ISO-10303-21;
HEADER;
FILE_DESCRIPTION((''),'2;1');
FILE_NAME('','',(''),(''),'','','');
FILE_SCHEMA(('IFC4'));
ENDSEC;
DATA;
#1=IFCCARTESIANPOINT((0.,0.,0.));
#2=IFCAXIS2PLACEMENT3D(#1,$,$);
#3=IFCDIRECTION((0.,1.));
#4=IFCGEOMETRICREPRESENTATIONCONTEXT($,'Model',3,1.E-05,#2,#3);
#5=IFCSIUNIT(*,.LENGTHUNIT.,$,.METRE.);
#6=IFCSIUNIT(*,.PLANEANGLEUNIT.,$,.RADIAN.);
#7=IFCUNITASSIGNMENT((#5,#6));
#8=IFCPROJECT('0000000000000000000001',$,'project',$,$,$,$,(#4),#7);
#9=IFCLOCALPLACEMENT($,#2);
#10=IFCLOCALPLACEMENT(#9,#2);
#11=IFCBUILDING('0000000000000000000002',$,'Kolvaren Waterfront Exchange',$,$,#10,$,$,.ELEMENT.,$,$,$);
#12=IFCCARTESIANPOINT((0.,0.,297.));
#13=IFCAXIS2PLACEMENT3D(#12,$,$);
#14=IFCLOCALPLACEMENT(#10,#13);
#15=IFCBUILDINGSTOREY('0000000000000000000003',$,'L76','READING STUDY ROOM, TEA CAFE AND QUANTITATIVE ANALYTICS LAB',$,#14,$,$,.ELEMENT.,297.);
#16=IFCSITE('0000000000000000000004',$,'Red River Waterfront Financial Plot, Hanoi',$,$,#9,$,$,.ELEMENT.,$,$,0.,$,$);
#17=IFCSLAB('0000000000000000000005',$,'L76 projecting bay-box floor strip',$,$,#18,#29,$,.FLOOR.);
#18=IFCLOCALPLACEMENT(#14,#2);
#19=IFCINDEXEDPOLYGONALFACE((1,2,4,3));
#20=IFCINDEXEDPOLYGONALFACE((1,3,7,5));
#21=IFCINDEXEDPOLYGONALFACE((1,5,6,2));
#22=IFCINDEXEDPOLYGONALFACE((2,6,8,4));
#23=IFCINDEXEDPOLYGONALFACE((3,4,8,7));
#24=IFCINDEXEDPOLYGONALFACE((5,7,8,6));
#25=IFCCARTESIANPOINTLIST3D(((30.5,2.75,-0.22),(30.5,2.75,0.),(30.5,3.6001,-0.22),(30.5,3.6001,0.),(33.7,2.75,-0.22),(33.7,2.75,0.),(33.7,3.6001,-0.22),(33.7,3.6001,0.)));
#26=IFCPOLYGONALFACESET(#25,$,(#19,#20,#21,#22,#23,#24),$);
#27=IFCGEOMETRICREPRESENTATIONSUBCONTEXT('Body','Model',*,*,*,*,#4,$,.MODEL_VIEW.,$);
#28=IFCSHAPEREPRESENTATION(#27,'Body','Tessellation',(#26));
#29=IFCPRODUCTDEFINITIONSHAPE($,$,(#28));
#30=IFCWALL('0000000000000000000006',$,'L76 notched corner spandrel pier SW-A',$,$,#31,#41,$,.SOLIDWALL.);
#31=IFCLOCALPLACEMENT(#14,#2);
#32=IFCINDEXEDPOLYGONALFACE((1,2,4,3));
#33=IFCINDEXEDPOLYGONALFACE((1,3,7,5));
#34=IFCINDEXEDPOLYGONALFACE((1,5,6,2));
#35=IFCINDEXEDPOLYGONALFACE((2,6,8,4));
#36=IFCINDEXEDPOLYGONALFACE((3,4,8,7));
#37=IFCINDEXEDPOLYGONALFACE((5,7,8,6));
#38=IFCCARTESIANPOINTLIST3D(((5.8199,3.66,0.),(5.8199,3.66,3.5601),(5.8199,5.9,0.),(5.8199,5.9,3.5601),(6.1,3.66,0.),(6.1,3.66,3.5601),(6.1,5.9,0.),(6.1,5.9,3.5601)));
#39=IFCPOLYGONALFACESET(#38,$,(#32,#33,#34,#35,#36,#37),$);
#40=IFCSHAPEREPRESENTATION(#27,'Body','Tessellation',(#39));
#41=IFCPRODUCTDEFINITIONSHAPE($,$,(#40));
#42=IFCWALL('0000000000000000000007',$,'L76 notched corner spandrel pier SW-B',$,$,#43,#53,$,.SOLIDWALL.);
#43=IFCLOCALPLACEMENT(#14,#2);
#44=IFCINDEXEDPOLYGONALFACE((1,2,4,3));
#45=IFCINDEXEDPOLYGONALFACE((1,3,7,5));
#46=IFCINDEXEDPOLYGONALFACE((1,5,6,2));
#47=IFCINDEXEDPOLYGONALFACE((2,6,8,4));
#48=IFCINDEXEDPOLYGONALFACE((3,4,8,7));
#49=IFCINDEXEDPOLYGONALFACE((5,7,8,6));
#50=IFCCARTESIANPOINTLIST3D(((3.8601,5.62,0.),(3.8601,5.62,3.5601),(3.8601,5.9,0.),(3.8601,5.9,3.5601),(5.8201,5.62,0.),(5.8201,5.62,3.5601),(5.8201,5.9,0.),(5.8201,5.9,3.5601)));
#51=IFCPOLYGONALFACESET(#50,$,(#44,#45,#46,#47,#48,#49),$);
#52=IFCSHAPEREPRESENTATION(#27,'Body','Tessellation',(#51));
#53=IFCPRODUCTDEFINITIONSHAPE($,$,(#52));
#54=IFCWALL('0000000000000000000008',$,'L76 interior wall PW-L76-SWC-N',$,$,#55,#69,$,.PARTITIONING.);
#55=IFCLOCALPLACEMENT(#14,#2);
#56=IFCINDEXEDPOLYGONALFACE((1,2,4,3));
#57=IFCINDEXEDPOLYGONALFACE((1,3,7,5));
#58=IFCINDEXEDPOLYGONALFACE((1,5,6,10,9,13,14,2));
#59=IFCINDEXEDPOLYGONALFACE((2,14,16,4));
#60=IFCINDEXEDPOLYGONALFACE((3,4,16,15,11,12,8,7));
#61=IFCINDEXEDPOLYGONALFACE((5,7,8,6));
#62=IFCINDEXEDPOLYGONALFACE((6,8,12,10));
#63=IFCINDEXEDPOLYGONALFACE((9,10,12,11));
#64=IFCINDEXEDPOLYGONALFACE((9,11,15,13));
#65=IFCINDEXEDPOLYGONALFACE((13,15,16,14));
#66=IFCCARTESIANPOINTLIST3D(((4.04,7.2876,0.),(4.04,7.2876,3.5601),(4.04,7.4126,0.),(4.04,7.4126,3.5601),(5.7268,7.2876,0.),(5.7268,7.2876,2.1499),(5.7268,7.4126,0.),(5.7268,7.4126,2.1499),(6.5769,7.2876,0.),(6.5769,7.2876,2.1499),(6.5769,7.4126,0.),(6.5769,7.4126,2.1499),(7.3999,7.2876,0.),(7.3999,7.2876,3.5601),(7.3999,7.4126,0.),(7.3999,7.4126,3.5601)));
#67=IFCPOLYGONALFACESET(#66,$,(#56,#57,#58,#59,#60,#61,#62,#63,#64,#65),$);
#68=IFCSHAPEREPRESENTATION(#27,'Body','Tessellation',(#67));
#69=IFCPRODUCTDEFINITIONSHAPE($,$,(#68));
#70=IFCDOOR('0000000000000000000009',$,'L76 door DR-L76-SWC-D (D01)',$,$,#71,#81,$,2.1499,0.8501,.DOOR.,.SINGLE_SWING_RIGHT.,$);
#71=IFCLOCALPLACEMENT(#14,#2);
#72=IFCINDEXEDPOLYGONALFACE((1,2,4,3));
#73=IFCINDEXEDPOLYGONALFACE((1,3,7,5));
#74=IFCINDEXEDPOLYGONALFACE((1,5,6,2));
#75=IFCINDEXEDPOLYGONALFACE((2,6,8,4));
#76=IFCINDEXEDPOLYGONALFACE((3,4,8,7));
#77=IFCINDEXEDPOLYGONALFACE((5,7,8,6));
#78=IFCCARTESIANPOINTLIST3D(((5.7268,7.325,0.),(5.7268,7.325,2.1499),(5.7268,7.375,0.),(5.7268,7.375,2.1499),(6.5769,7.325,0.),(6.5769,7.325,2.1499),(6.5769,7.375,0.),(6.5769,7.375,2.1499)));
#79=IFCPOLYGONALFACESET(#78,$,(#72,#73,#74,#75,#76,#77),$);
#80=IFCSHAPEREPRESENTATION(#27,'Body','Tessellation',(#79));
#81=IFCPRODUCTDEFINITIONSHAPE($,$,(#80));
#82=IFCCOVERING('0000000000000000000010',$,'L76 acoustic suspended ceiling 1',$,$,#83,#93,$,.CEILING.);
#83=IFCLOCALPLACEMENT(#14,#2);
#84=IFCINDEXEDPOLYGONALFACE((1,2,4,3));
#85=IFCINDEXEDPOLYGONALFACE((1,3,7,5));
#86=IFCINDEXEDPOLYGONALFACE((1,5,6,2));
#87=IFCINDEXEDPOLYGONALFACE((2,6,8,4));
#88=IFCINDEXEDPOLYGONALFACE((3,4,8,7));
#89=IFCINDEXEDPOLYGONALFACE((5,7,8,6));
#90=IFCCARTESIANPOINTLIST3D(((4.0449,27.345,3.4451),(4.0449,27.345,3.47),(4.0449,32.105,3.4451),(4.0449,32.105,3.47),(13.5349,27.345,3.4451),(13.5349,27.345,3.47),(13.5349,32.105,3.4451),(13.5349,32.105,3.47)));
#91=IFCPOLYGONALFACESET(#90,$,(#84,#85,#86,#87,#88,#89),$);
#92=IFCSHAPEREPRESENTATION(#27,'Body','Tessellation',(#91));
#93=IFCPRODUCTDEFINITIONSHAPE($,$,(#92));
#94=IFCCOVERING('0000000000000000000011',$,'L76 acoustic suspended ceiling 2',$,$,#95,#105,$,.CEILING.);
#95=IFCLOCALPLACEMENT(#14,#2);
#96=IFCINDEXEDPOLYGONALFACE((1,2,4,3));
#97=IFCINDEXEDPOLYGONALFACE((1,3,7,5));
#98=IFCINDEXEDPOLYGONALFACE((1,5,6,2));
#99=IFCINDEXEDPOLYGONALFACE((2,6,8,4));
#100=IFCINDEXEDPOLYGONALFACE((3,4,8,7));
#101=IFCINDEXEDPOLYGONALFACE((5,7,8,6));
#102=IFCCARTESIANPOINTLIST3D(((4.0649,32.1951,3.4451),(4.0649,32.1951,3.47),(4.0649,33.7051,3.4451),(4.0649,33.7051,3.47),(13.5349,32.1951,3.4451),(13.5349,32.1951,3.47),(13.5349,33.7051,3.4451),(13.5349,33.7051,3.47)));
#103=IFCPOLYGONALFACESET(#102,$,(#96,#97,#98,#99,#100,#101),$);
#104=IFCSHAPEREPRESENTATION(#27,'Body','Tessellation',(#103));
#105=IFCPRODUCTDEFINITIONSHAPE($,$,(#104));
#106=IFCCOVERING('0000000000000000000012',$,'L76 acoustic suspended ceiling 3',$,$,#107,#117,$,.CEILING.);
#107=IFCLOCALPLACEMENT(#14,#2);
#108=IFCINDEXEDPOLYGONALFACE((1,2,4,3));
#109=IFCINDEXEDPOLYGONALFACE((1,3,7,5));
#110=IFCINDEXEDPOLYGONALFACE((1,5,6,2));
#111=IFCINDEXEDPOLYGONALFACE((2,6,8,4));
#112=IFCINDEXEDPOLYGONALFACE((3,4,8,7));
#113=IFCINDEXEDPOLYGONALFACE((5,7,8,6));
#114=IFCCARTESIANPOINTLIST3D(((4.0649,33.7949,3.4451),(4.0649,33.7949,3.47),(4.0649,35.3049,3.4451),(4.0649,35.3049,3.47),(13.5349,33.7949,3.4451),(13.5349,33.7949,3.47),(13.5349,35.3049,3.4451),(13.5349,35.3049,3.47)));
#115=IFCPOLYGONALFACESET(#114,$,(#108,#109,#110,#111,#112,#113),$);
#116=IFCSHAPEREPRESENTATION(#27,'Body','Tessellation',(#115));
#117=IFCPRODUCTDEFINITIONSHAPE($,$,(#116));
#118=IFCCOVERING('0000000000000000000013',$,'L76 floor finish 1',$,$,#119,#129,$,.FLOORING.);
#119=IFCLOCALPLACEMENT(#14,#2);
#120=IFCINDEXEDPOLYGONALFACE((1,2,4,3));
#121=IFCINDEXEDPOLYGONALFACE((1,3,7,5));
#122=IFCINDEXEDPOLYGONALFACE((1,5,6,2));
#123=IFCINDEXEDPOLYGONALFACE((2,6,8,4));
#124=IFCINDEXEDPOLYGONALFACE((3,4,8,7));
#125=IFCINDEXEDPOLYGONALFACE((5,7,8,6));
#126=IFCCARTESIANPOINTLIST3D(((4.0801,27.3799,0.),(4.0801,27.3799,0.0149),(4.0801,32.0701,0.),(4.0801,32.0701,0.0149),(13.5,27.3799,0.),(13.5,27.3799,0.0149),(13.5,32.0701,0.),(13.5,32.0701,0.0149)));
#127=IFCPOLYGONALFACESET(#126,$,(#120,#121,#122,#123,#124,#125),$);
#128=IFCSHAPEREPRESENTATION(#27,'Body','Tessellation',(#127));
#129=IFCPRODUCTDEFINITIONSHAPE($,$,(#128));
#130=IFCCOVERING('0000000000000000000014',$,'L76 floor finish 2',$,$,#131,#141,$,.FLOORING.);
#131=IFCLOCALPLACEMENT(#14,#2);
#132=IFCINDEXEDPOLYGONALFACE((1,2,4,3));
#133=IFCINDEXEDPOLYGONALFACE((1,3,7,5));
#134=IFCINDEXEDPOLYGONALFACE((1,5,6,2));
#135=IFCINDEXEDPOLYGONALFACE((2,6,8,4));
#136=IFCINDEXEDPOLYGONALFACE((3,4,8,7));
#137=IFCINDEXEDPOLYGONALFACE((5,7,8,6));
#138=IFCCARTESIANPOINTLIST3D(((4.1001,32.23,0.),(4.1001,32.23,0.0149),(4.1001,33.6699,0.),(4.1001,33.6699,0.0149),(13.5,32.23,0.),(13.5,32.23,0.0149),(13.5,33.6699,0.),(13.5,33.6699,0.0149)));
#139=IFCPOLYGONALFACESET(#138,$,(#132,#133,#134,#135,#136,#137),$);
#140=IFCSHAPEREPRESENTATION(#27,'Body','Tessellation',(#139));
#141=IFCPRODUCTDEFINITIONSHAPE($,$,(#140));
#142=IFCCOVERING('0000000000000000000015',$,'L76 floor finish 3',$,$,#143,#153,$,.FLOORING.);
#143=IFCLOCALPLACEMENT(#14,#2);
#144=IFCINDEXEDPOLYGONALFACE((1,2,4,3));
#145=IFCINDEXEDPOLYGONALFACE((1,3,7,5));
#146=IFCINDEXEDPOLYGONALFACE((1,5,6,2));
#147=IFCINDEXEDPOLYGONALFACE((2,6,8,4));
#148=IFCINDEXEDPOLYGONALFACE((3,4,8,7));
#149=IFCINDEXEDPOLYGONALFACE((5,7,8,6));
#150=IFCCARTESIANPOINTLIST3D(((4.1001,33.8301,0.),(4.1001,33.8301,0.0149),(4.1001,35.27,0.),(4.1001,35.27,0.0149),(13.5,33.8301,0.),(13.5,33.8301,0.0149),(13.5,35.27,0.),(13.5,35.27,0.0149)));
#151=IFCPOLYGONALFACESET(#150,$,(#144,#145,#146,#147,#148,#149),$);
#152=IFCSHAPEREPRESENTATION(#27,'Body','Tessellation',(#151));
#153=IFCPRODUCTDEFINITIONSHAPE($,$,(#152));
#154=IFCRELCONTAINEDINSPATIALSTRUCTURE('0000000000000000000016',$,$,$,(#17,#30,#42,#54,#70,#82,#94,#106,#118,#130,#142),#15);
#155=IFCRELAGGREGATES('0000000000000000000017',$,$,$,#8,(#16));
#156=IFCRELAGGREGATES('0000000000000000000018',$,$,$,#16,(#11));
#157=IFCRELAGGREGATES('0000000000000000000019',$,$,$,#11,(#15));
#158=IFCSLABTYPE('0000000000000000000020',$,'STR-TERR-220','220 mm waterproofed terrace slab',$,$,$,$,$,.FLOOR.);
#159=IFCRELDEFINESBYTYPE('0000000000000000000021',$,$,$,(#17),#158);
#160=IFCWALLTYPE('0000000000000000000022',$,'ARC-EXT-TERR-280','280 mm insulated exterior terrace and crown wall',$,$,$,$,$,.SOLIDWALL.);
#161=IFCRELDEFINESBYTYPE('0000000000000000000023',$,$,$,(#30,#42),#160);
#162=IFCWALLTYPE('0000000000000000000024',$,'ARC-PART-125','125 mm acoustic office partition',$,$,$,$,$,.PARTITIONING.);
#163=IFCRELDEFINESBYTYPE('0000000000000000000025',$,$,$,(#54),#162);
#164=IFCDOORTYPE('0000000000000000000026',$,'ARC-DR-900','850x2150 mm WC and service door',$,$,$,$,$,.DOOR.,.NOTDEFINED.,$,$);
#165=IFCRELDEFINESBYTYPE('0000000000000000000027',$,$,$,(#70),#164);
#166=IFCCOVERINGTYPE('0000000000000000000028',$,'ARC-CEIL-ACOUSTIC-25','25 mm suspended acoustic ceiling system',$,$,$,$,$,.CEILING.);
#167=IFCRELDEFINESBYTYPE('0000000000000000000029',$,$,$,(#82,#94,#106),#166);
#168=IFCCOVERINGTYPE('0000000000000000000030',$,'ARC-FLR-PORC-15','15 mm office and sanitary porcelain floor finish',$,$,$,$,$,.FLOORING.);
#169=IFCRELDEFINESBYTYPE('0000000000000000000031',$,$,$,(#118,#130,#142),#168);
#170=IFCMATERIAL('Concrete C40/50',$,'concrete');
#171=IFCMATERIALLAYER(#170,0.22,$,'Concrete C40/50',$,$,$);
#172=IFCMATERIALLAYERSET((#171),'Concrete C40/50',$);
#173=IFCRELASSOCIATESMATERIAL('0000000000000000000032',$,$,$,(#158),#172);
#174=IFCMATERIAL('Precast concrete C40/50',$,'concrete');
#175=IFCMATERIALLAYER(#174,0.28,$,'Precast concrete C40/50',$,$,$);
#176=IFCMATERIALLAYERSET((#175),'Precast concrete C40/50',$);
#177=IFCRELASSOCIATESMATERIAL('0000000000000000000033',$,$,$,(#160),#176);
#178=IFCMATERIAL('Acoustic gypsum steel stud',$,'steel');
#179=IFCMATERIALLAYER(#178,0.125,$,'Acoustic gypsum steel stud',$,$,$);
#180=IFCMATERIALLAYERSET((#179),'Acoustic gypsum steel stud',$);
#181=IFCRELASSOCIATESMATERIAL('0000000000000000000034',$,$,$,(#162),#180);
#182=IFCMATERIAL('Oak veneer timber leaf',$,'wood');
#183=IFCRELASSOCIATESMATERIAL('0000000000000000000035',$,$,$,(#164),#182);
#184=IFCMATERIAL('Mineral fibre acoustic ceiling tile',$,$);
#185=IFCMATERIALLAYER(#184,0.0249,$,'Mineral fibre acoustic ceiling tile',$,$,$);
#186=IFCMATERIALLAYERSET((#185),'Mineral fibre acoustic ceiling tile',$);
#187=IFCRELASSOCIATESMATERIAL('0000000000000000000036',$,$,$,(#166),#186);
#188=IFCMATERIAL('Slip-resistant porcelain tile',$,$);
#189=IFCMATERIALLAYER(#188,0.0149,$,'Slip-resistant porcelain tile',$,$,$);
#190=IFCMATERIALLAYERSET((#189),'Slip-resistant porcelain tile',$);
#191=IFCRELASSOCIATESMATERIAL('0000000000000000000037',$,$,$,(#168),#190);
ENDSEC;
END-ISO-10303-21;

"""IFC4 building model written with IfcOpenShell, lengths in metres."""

from ifc_helpers import new_model, si_unit, direction, frame, frame_2d, origin, place, context, subcontext, project, spatial, polyline, rectangle, outline, extrude, material, layer, layer_set, type_object, element, fill, save


model = new_model("IFC4")

# Units and contexts
model_context = context("Model", 3, precision=1e-05, world=origin(), true_north=direction((0.0, 1.0)))
body_context = subcontext(model_context, "Body", "Model", "MODEL_VIEW")
ifc_project = project(units=[si_unit("LENGTHUNIT", "METRE"), si_unit("PLANEANGLEUNIT", "RADIAN")], contexts=[model_context])

# Site, building, storey
site_placement = place(None, origin())
site = spatial("IfcSite", under=ifc_project, at=site_placement, Name="Red River Waterfront Financial Plot, Hanoi", CompositionType="ELEMENT", RefElevation=0.0)
building_placement = place(site_placement, origin())
building = spatial("IfcBuilding", under=site, at=building_placement, Name="Kolvaren Waterfront Exchange", CompositionType="ELEMENT")
storey_placement = place(building_placement, frame((0.0, 0.0, 297.0)))
storey = spatial("IfcBuildingStorey", under=building, at=storey_placement, Name="L76", Description="READING STUDY ROOM, TEA CAFE AND QUANTITATIVE ANALYTICS LAB", CompositionType="ELEMENT", Elevation=297.0)

# Shared definitions
ifc_material_1 = material(Name="Concrete C40/50", Category="concrete")

# Slab
ifc_layer_1 = layer(ifc_material_1, 0.22, Name="Concrete C40/50")
ifc_layer_set_1 = layer_set([ifc_layer_1], Name="Concrete C40/50")
slab_type_1 = type_object("IfcSlabType", Name="STR-TERR-220", Description="220 mm waterproofed terrace slab", PredefinedType="FLOOR", material=ifc_layer_set_1)
slab_1_placement = place(storey_placement, frame((0.0, 0.0, -0.22)))
element("IfcSlab", 1, at=slab_1_placement, inside=storey, type_object=slab_type_1, Name="L76 projecting bay-box floor strip", PredefinedType="FLOOR", context=body_context, shape_type="SweptSolid", body=[
    extrude(outline(polyline([(30.5, 2.75), (33.7, 2.75), (33.7, 3.6001), (30.5, 3.6001), (30.5, 2.75)])), origin(), (0.0, 0.0, 1.0), 0.22),
])

# Walls
ifc_material_2 = material(Name="Precast concrete C40/50", Category="concrete")
ifc_layer_2 = layer(ifc_material_2, 0.28, Name="Precast concrete C40/50")
ifc_layer_set_2 = layer_set([ifc_layer_2], Name="Precast concrete C40/50")
wall_type_1 = type_object("IfcWallType", Name="ARC-EXT-TERR-280", Description="280 mm insulated exterior terrace and crown wall", PredefinedType="SOLIDWALL", material=ifc_layer_set_2)
wall_1_placement = place(storey_placement, frame((5.96, 3.6599, 0.0), z_axis=(0.0, 0.0, 1.0), x_axis=(0.0, 1.0, 0.0)))
element("IfcWall", 2, at=wall_1_placement, inside=storey, type_object=wall_type_1, Name="L76 notched corner spandrel pier SW-A", PredefinedType="SOLIDWALL", context=body_context, shape_type="SweptSolid", body=[
    extrude(rectangle(XDim=2.24, YDim=0.28, at=frame_2d((1.1201, 0.0))), origin(), (0.0, 0.0, 1.0), 3.5601),
])
wall_2_placement = place(storey_placement, frame((3.8601, 5.76, 0.0), z_axis=(0.0, 0.0, 1.0), x_axis=(1.0, 0.0, 0.0)))
element("IfcWall", 3, at=wall_2_placement, inside=storey, type_object=wall_type_1, Name="L76 notched corner spandrel pier SW-B", PredefinedType="SOLIDWALL", context=body_context, shape_type="SweptSolid", body=[
    extrude(rectangle(XDim=1.96, YDim=0.28, at=frame_2d((0.98, 0.0))), origin(), (0.0, 0.0, 1.0), 3.5601),
])

# Wall, opening, door
ifc_material_3 = material(Name="Acoustic gypsum steel stud", Category="steel")
ifc_layer_3 = layer(ifc_material_3, 0.125, Name="Acoustic gypsum steel stud")
ifc_layer_set_3 = layer_set([ifc_layer_3], Name="Acoustic gypsum steel stud")
wall_type_2 = type_object("IfcWallType", Name="ARC-PART-125", Description="125 mm acoustic office partition", PredefinedType="PARTITIONING", material=ifc_layer_set_3)
wall_3_placement = place(storey_placement, frame((4.04, 7.3501, 0.0), z_axis=(0.0, 0.0, 1.0), x_axis=(1.0, 0.0, 0.0)))
wall_3 = element("IfcWall", 4, at=wall_3_placement, inside=storey, type_object=wall_type_2, Name="L76 interior wall PW-L76-SWC-N", PredefinedType="PARTITIONING", context=body_context, shape_type="SweptSolid", body=[
    extrude(rectangle(XDim=3.3599, YDim=0.125, at=frame_2d((1.6799, 0.0))), origin(), (0.0, 0.0, 1.0), 3.5601),
])
opening_placement = place(wall_3_placement, frame((1.6868, 0.0, 0.0)))
opening = element("IfcOpeningElement", 5, at=opening_placement, cuts=wall_3, PredefinedType="OPENING", context=body_context, shape_type="SweptSolid", body=[
    extrude(rectangle(XDim=0.8501, YDim=2.1499, at=frame_2d((0.425, 1.075))), frame((0.0, 0.0725, 0.0), z_axis=(0.0, -1.0, 0.0), x_axis=(1.0, 0.0, 0.0)), (0.0, 0.0, 1.0), 0.145),
])
ifc_material_4 = material(Name="Oak veneer timber leaf", Category="wood")
door_type = type_object("IfcDoorType", Name="ARC-DR-900", Description="850x2150 mm WC and service door", OperationType="NOTDEFINED", PredefinedType="DOOR", material=ifc_material_4)
door_placement = place(opening_placement, origin())
door = element("IfcDoor", 6, at=door_placement, inside=storey, type_object=door_type, Name="L76 door DR-L76-SWC-D (D01)", OperationType="SINGLE_SWING_RIGHT", OverallHeight=2.1499, OverallWidth=0.8501, PredefinedType="DOOR", context=body_context, shape_type="SweptSolid", body=[
    extrude(rectangle(XDim=0.8501, YDim=2.1499, at=frame_2d((0.425, 1.075))), frame((0.0, 0.0249, 0.0), z_axis=(0.0, -1.0, 0.0), x_axis=(1.0, 0.0, 0.0)), (0.0, 0.0, 1.0), 0.05),
])
fill(opening, door)

# Coverings
ifc_material_5 = material(Name="Mineral fibre acoustic ceiling tile")
ifc_layer_4 = layer(ifc_material_5, 0.0249, Name="Mineral fibre acoustic ceiling tile")
ifc_layer_set_4 = layer_set([ifc_layer_4], Name="Mineral fibre acoustic ceiling tile")
covering_type_1 = type_object("IfcCoveringType", Name="ARC-CEIL-ACOUSTIC-25", Description="25 mm suspended acoustic ceiling system", PredefinedType="CEILING", material=ifc_layer_set_4)
covering_1_placement = place(storey_placement, frame((0.0, 0.0, 3.4451)))
element("IfcCovering", 7, at=covering_1_placement, inside=storey, type_object=covering_type_1, Name="L76 acoustic suspended ceiling 1", PredefinedType="CEILING", context=body_context, shape_type="SweptSolid", body=[
    extrude(outline(polyline([(13.5349, 27.345), (13.5349, 32.105), (4.0449, 32.105), (4.0449, 27.345), (13.5349, 27.345)])), origin(), (0.0, 0.0, 1.0), 0.0249),
])
covering_2_placement = place(storey_placement, frame((0.0, 0.0, 3.4451)))
element("IfcCovering", 8, at=covering_2_placement, inside=storey, type_object=covering_type_1, Name="L76 acoustic suspended ceiling 2", PredefinedType="CEILING", context=body_context, shape_type="SweptSolid", body=[
    extrude(outline(polyline([(13.5349, 32.1951), (13.5349, 33.7051), (4.0649, 33.7051), (4.0649, 32.1951), (13.5349, 32.1951)])), origin(), (0.0, 0.0, 1.0), 0.0249),
])
covering_3_placement = place(storey_placement, frame((0.0, 0.0, 3.4451)))
element("IfcCovering", 9, at=covering_3_placement, inside=storey, type_object=covering_type_1, Name="L76 acoustic suspended ceiling 3", PredefinedType="CEILING", context=body_context, shape_type="SweptSolid", body=[
    extrude(outline(polyline([(13.5349, 33.7949), (13.5349, 35.3049), (4.0649, 35.3049), (4.0649, 33.7949), (13.5349, 33.7949)])), origin(), (0.0, 0.0, 1.0), 0.0249),
])
ifc_material_6 = material(Name="Slip-resistant porcelain tile")
ifc_layer_5 = layer(ifc_material_6, 0.0149, Name="Slip-resistant porcelain tile")
ifc_layer_set_5 = layer_set([ifc_layer_5], Name="Slip-resistant porcelain tile")
covering_type_2 = type_object("IfcCoveringType", Name="ARC-FLR-PORC-15", Description="15 mm office and sanitary porcelain floor finish", PredefinedType="FLOORING", material=ifc_layer_set_5)
covering_4_placement = place(storey_placement, origin())
element("IfcCovering", 10, at=covering_4_placement, inside=storey, type_object=covering_type_2, Name="L76 floor finish 1", PredefinedType="FLOORING", context=body_context, shape_type="SweptSolid", body=[
    extrude(outline(polyline([(4.0801, 32.0701), (4.0801, 27.3799), (13.5, 27.3799), (13.5, 32.0701), (4.0801, 32.0701)])), origin(), (0.0, 0.0, 1.0), 0.0149),
])
covering_5_placement = place(storey_placement, origin())
element("IfcCovering", 11, at=covering_5_placement, inside=storey, type_object=covering_type_2, Name="L76 floor finish 2", PredefinedType="FLOORING", context=body_context, shape_type="SweptSolid", body=[
    extrude(outline(polyline([(4.1001, 33.6699), (4.1001, 32.23), (13.5, 32.23), (13.5, 33.6699), (4.1001, 33.6699)])), origin(), (0.0, 0.0, 1.0), 0.0149),
])
covering_6_placement = place(storey_placement, origin())
element("IfcCovering", 12, at=covering_6_placement, inside=storey, type_object=covering_type_2, Name="L76 floor finish 3", PredefinedType="FLOORING", context=body_context, shape_type="SweptSolid", body=[
    extrude(outline(polyline([(4.1001, 35.27), (4.1001, 33.8301), (13.5, 33.8301), (13.5, 35.27), (4.1001, 35.27)])), origin(), (0.0, 0.0, 1.0), 0.0149),
])

save(model, "model.ifc")
